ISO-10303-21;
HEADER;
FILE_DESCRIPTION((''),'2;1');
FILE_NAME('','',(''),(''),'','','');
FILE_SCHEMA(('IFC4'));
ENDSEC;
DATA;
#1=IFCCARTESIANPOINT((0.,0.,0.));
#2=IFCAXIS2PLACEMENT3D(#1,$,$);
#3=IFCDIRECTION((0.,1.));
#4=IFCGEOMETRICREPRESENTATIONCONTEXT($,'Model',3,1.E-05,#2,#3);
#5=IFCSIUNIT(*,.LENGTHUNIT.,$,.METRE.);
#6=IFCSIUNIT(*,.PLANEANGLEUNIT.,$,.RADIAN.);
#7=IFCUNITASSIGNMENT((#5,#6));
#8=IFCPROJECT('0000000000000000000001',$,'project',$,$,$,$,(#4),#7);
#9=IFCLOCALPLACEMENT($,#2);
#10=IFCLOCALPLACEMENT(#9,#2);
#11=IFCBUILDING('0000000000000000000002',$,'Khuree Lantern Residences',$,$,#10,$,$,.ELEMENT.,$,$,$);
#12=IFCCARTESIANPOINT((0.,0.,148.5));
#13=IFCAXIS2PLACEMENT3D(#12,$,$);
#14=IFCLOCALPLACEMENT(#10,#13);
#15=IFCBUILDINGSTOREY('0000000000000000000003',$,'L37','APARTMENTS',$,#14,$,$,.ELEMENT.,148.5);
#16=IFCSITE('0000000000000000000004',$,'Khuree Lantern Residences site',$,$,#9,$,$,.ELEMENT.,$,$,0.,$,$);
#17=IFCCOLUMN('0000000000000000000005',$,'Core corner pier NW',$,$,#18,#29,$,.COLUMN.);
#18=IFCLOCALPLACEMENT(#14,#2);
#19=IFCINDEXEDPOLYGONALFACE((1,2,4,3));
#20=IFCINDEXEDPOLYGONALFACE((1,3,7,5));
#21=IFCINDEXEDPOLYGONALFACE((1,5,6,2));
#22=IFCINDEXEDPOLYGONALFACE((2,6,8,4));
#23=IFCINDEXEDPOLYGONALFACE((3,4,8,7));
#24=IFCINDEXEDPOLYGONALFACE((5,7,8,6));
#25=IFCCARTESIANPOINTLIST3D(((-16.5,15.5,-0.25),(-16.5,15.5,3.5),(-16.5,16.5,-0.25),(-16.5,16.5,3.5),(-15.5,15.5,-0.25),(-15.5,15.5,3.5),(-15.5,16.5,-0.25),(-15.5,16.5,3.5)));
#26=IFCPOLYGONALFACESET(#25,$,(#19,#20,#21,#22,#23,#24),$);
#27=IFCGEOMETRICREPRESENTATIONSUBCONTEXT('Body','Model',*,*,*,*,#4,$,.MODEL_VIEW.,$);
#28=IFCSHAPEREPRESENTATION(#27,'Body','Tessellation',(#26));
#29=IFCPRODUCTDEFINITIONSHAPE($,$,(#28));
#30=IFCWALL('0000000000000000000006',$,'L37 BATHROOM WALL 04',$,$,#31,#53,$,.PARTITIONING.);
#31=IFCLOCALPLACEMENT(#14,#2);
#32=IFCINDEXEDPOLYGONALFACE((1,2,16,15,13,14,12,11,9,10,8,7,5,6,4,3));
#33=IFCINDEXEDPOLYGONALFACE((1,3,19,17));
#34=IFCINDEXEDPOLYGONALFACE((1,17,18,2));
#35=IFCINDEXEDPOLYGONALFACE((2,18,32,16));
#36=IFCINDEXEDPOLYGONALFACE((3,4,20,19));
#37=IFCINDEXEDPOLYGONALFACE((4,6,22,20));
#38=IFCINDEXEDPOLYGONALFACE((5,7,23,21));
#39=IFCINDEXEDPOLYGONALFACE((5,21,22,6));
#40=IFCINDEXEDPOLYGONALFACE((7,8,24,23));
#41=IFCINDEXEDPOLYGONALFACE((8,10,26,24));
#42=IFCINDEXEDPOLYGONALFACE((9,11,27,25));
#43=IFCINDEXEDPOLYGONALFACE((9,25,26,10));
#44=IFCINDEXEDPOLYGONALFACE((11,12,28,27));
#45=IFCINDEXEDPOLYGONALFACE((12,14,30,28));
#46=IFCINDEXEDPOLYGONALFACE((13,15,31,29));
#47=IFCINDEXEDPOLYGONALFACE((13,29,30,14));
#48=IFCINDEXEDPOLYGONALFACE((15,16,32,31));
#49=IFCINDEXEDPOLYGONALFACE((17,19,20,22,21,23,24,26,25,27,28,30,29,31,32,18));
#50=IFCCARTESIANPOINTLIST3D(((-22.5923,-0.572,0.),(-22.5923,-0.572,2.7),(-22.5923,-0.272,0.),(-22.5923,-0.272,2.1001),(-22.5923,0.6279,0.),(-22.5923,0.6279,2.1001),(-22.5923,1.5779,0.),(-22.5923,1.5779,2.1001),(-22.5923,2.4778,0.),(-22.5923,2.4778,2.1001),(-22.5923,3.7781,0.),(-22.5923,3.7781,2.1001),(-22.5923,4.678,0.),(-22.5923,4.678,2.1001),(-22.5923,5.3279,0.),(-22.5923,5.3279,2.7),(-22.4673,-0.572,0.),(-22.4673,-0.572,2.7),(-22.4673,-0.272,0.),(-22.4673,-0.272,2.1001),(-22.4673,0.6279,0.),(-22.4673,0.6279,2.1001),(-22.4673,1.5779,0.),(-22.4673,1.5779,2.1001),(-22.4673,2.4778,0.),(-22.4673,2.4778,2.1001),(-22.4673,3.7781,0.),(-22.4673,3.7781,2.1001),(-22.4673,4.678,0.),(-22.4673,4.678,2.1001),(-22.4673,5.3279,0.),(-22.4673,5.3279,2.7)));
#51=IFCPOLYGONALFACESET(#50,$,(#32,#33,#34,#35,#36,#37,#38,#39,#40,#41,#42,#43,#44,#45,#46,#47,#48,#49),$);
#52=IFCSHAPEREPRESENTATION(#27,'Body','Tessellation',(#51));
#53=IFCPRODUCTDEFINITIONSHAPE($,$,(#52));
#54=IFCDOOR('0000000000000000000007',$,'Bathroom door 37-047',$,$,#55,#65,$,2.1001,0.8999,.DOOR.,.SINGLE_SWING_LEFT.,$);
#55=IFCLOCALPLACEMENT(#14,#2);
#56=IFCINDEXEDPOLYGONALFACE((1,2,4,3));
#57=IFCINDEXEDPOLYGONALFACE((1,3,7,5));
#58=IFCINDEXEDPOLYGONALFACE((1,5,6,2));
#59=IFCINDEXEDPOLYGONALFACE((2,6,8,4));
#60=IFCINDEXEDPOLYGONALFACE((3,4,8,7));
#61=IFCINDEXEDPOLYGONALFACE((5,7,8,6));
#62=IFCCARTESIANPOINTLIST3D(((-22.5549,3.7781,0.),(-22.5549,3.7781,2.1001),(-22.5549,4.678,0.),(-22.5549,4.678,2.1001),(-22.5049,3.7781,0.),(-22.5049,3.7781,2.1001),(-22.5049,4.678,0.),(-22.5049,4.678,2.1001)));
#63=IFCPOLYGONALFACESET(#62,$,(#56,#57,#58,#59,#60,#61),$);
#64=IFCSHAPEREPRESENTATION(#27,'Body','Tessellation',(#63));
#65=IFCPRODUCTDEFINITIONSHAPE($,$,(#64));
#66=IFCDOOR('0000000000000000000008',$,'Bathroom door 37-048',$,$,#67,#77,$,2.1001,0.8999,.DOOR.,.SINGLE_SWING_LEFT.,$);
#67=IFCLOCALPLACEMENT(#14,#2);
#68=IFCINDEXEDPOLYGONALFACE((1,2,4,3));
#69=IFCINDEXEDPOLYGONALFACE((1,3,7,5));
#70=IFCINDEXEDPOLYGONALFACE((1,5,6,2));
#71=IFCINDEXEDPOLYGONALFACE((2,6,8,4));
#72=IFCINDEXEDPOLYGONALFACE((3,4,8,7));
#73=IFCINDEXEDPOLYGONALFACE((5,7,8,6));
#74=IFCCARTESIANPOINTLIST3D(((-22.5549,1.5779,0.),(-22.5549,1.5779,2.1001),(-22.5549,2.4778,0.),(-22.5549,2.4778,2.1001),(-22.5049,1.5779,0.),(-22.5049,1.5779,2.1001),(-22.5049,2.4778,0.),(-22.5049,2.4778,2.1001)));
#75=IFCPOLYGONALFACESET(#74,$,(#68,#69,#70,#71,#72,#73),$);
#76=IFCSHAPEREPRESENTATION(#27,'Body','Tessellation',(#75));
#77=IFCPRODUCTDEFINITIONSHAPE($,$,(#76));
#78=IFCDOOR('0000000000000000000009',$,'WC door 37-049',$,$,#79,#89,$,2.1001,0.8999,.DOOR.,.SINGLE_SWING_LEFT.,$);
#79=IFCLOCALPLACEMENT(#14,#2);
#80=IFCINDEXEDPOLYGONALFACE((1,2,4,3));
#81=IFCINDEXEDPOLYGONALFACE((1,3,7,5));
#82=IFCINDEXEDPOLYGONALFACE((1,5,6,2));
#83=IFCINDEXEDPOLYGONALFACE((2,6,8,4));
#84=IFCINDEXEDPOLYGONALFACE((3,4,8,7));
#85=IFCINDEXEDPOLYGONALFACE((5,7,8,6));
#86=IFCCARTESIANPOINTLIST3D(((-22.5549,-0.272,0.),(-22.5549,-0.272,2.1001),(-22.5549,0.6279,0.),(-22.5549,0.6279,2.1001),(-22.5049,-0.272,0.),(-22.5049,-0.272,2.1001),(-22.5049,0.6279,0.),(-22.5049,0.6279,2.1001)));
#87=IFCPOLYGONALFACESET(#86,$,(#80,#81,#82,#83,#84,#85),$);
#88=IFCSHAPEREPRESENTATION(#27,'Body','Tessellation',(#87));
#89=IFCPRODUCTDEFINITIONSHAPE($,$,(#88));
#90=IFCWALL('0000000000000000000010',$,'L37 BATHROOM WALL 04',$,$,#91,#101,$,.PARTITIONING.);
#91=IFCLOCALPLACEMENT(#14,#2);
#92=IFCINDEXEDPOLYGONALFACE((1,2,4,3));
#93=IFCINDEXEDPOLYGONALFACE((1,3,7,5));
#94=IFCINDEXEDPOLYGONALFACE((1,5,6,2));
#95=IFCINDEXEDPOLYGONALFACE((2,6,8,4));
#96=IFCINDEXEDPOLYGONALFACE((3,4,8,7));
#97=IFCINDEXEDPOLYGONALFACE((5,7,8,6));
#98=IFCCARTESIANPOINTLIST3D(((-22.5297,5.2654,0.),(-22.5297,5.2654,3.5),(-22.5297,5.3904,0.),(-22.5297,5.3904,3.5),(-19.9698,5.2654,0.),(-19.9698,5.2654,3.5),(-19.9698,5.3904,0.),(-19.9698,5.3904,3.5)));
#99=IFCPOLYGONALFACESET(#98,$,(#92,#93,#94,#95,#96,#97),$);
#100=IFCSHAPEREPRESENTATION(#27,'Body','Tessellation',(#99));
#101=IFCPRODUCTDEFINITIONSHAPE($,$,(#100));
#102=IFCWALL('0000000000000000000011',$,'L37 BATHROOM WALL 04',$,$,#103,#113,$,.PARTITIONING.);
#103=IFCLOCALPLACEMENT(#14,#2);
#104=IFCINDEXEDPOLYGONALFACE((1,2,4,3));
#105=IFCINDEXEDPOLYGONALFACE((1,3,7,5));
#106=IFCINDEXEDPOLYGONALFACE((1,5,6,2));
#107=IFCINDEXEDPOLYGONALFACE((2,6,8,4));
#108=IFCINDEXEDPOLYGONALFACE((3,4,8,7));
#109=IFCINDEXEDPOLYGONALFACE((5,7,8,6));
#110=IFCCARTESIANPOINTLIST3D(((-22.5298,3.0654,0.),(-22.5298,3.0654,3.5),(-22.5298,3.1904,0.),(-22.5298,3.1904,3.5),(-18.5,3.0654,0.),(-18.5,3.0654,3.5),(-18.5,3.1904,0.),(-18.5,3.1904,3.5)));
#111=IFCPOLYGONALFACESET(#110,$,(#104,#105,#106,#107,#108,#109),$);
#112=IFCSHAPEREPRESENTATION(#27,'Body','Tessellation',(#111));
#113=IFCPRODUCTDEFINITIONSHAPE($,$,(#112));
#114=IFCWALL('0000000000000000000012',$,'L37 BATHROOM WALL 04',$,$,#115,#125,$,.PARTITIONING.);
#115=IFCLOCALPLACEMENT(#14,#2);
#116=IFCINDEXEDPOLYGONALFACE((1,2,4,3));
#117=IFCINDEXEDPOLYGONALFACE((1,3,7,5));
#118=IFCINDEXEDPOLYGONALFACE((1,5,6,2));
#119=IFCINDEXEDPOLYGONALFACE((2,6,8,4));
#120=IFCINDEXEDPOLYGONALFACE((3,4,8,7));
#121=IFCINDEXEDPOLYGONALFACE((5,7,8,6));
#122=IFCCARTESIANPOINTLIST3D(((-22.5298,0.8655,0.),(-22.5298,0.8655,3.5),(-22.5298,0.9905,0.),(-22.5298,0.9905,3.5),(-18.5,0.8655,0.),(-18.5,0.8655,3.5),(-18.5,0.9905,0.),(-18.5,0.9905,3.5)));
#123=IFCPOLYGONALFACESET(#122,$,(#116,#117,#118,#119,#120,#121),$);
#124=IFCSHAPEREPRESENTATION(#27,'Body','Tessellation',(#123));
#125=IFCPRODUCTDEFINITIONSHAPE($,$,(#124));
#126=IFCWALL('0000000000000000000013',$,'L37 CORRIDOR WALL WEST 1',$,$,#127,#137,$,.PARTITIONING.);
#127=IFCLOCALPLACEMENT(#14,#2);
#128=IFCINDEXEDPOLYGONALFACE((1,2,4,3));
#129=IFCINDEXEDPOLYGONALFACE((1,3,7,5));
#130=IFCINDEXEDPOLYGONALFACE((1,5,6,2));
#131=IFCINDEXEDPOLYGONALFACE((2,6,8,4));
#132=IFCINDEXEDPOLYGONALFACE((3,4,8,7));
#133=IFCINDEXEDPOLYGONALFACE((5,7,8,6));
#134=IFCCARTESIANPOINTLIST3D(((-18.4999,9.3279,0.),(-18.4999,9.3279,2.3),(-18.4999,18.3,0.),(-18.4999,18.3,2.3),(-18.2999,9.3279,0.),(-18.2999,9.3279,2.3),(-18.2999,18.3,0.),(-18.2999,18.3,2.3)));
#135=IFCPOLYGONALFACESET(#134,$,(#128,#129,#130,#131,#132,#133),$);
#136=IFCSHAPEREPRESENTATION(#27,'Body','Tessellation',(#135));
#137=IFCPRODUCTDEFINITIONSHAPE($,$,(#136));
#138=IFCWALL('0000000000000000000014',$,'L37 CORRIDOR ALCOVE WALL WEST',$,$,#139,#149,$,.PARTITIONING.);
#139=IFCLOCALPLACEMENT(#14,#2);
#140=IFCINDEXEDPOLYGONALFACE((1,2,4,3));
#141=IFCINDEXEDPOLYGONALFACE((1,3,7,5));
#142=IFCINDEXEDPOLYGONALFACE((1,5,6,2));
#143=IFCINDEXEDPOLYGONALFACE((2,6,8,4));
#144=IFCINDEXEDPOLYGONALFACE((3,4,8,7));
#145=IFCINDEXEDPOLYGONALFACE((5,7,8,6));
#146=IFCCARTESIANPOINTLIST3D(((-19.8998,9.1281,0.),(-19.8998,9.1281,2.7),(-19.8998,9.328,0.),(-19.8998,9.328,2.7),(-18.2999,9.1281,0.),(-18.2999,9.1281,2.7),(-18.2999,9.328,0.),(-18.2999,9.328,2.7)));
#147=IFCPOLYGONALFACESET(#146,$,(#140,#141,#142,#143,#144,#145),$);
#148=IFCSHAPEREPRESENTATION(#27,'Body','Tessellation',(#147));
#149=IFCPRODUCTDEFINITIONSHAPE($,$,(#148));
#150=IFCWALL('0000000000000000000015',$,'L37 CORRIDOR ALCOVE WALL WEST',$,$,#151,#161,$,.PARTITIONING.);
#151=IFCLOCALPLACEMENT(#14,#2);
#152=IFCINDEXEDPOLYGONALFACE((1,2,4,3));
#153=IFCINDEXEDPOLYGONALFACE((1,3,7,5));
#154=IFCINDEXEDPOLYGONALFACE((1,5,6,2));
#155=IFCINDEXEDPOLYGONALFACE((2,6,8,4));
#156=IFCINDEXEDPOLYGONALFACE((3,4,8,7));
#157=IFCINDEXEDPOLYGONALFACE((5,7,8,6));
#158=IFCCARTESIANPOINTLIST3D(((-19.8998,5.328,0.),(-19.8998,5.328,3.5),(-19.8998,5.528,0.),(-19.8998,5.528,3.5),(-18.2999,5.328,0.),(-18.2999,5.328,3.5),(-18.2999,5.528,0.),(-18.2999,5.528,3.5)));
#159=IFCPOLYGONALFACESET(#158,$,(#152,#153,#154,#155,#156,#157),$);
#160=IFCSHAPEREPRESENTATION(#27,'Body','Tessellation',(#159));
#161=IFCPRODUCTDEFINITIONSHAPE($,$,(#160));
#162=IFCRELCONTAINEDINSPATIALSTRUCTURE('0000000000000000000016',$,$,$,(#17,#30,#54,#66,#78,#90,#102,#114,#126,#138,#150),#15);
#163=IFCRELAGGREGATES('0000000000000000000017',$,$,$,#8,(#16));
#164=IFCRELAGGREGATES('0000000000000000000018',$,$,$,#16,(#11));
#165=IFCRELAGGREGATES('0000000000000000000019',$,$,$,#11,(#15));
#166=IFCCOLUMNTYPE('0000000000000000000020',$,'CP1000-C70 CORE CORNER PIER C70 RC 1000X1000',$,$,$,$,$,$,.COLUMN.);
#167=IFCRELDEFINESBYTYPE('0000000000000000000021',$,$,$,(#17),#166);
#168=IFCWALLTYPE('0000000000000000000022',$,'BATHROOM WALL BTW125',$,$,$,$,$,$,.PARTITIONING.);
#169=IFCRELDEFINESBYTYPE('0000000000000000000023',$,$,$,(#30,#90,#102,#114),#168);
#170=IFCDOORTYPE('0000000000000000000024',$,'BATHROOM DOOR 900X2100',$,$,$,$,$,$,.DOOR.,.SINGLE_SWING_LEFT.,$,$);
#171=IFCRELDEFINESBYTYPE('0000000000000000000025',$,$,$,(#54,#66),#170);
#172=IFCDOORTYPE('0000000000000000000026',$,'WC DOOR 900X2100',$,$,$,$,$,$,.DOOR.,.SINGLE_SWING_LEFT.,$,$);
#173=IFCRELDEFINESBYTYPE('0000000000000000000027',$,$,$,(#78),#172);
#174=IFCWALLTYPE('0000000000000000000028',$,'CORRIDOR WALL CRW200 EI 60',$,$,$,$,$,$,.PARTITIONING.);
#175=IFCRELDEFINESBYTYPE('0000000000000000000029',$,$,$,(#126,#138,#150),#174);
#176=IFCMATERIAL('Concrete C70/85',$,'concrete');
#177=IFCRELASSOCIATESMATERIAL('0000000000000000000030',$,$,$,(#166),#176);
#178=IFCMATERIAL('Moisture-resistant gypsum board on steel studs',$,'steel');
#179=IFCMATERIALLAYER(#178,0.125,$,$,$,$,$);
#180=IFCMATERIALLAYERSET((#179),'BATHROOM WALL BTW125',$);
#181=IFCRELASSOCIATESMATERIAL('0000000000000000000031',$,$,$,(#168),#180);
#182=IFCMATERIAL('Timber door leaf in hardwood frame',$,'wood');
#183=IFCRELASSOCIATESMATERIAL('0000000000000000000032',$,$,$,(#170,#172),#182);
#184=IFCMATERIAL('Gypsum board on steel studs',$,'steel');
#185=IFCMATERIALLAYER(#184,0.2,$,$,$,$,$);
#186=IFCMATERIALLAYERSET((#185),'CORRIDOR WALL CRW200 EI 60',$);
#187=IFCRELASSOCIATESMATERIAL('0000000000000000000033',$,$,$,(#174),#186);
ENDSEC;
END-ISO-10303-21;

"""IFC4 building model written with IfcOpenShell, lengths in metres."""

from ifc_helpers import new_model, si_unit, direction, frame, frame_2d, origin, origin_2d, place, context, subcontext, project, spatial, rectangle, extrude, material, layer, layer_set, material_profile, profile_set, type_object, element, fill, save


model = new_model("IFC4")

# Units and contexts
model_context = context("Model", 3, precision=1e-05, world=origin(), true_north=direction((0.0, 1.0)))
body_context = subcontext(model_context, "Body", "Model", "MODEL_VIEW")
ifc_project = project(units=[si_unit("LENGTHUNIT", "METRE"), si_unit("PLANEANGLEUNIT", "RADIAN")], contexts=[model_context])

# Site, building, storey
site_placement = place(None, origin())
site = spatial("IfcSite", under=ifc_project, at=site_placement, Name="Khuree Lantern Residences site", CompositionType="ELEMENT", RefElevation=0.0)
building_placement = place(site_placement, origin())
building = spatial("IfcBuilding", under=site, at=building_placement, Name="Khuree Lantern Residences", CompositionType="ELEMENT")
storey_placement = place(building_placement, frame((0.0, 0.0, 148.5)))
storey = spatial("IfcBuildingStorey", under=building, at=storey_placement, Name="L37", Description="APARTMENTS", CompositionType="ELEMENT", Elevation=148.5)

# Column
ifc_material_1 = material(Name="Concrete C70/85", Category="concrete")
ifc_material_profile = material_profile(ifc_material_1, rectangle(XDim=1.0, YDim=1.0, at=origin_2d()), Name="RC 1000X1000")
ifc_profile_set = profile_set([ifc_material_profile], Name="Concrete C70/85")
column_type = type_object("IfcColumnType", Name="CP1000-C70 CORE CORNER PIER C70 RC 1000X1000", PredefinedType="COLUMN", material=ifc_profile_set)
column_placement = place(storey_placement, frame((-16.0, 16.0, -0.25), z_axis=(0.0, 0.0, 1.0), x_axis=(1.0, 0.0, 0.0)))
element("IfcColumn", 1, at=column_placement, inside=storey, type_object=column_type, Name="Core corner pier NW", PredefinedType="COLUMN", context=body_context, shape_type="SweptSolid", body=[
    extrude(rectangle(XDim=1.0, YDim=1.0, at=origin_2d()), origin(), (0.0, 0.0, 1.0), 3.75),
])

# Wall, openings, doors
ifc_material_2 = material(Name="Moisture-resistant gypsum board on steel studs", Category="steel")
ifc_layer_1 = layer(ifc_material_2, 0.125)
ifc_layer_set_1 = layer_set([ifc_layer_1], Name="BATHROOM WALL BTW125")
wall_type_1 = type_object("IfcWallType", Name="BATHROOM WALL BTW125", PredefinedType="PARTITIONING", material=ifc_layer_set_1)
wall_1_placement = place(storey_placement, frame((-22.5298, 5.3279, 0.0), z_axis=(0.0, 0.0, 1.0), x_axis=(0.0, -1.0, 0.0)))
wall_1 = element("IfcWall", 2, at=wall_1_placement, inside=storey, type_object=wall_type_1, Name="L37 BATHROOM WALL 04", PredefinedType="PARTITIONING", context=body_context, shape_type="SweptSolid", body=[
    extrude(rectangle(XDim=5.8999, YDim=0.125, at=frame_2d((2.95, 0.0))), origin(), (0.0, 0.0, 1.0), 2.7),
])
opening_1_placement = place(wall_1_placement, frame((0.6499, 0.0, 0.0)))
opening_1 = element("IfcOpeningElement", 3, at=opening_1_placement, cuts=wall_1, PredefinedType="OPENING", context=body_context, shape_type="SweptSolid", body=[
    extrude(rectangle(XDim=0.8999, YDim=2.1001, at=frame_2d((0.45, 1.05))), frame((0.0, 0.0725, 0.0), z_axis=(0.0, -1.0, 0.0), x_axis=(1.0, 0.0, 0.0)), (0.0, 0.0, 1.0), 0.145),
])
opening_2_placement = place(wall_1_placement, frame((2.8501, 0.0, 0.0)))
opening_2 = element("IfcOpeningElement", 4, at=opening_2_placement, cuts=wall_1, PredefinedType="OPENING", context=body_context, shape_type="SweptSolid", body=[
    extrude(rectangle(XDim=0.8999, YDim=2.1001, at=frame_2d((0.45, 1.05))), frame((0.0, 0.0725, 0.0), z_axis=(0.0, -1.0, 0.0), x_axis=(1.0, 0.0, 0.0)), (0.0, 0.0, 1.0), 0.145),
])
opening_3_placement = place(wall_1_placement, frame((4.7, 0.0, 0.0)))
opening_3 = element("IfcOpeningElement", 5, at=opening_3_placement, cuts=wall_1, PredefinedType="OPENING", context=body_context, shape_type="SweptSolid", body=[
    extrude(rectangle(XDim=0.8999, YDim=2.1001, at=frame_2d((0.45, 1.05))), frame((0.0, 0.0725, 0.0), z_axis=(0.0, -1.0, 0.0), x_axis=(1.0, 0.0, 0.0)), (0.0, 0.0, 1.0), 0.145),
])
ifc_material_3 = material(Name="Timber door leaf in hardwood frame", Category="wood")
door_type_1 = type_object("IfcDoorType", Name="BATHROOM DOOR 900X2100", OperationType="SINGLE_SWING_LEFT", PredefinedType="DOOR", material=ifc_material_3)
door_1_placement = place(opening_1_placement, origin())
door_1 = element("IfcDoor", 6, at=door_1_placement, inside=storey, type_object=door_type_1, Name="Bathroom door 37-047", OperationType="SINGLE_SWING_LEFT", OverallHeight=2.1001, OverallWidth=0.8999, PredefinedType="DOOR", context=body_context, shape_type="SweptSolid", body=[
    extrude(rectangle(XDim=0.8999, YDim=2.1001, at=frame_2d((0.45, 1.05))), frame((0.0, 0.0249, 0.0), z_axis=(0.0, -1.0, 0.0), x_axis=(1.0, 0.0, 0.0)), (0.0, 0.0, 1.0), 0.05),
])
fill(opening_1, door_1)
door_2_placement = place(opening_2_placement, origin())
door_2 = element("IfcDoor", 7, at=door_2_placement, inside=storey, type_object=door_type_1, Name="Bathroom door 37-048", OperationType="SINGLE_SWING_LEFT", OverallHeight=2.1001, OverallWidth=0.8999, PredefinedType="DOOR", context=body_context, shape_type="SweptSolid", body=[
    extrude(rectangle(XDim=0.8999, YDim=2.1001, at=frame_2d((0.45, 1.05))), frame((0.0, 0.0249, 0.0), z_axis=(0.0, -1.0, 0.0), x_axis=(1.0, 0.0, 0.0)), (0.0, 0.0, 1.0), 0.05),
])
fill(opening_2, door_2)
door_type_2 = type_object("IfcDoorType", Name="WC DOOR 900X2100", OperationType="SINGLE_SWING_LEFT", PredefinedType="DOOR", material=ifc_material_3)
door_3_placement = place(opening_3_placement, origin())
door_3 = element("IfcDoor", 8, at=door_3_placement, inside=storey, type_object=door_type_2, Name="WC door 37-049", OperationType="SINGLE_SWING_LEFT", OverallHeight=2.1001, OverallWidth=0.8999, PredefinedType="DOOR", context=body_context, shape_type="SweptSolid", body=[
    extrude(rectangle(XDim=0.8999, YDim=2.1001, at=frame_2d((0.45, 1.05))), frame((0.0, 0.0249, 0.0), z_axis=(0.0, -1.0, 0.0), x_axis=(1.0, 0.0, 0.0)), (0.0, 0.0, 1.0), 0.05),
])
fill(opening_3, door_3)

# Walls
wall_2_placement = place(storey_placement, frame((-19.97, 5.3279, 0.0), z_axis=(0.0, 0.0, 1.0), x_axis=(-1.0, 0.0, 0.0)))
element("IfcWall", 9, at=wall_2_placement, inside=storey, type_object=wall_type_1, Name="L37 BATHROOM WALL 04", PredefinedType="PARTITIONING", context=body_context, shape_type="SweptSolid", body=[
    extrude(rectangle(XDim=2.5598, YDim=0.125, at=frame_2d((1.2798, 0.0))), origin(), (0.0, 0.0, 1.0), 3.5),
])
for number, where, z_axis, x_axis, name in (
    (10, (-18.5, 3.1279, 0.0), (0.0, 0.0, 1.0), (-1.0, 0.0, 0.0), "L37 BATHROOM WALL 04"),
    (11, (-18.5, 0.928, 0.0), (0.0, 0.0, 1.0), (-1.0, 0.0, 0.0), "L37 BATHROOM WALL 04"),
):
    element("IfcWall", number, at=place(storey_placement, frame(where, z_axis=z_axis, x_axis=x_axis)), inside=storey, type_object=wall_type_1, Name=name, PredefinedType="PARTITIONING", context=body_context, shape_type="SweptSolid", body=[
        extrude(rectangle(XDim=4.0298, YDim=0.125, at=frame_2d((2.0149, 0.0))), origin(), (0.0, 0.0, 1.0), 3.5),
    ])
ifc_material_4 = material(Name="Gypsum board on steel studs", Category="steel")
ifc_layer_2 = layer(ifc_material_4, 0.2)
ifc_layer_set_2 = layer_set([ifc_layer_2], Name="CORRIDOR WALL CRW200 EI 60")
wall_type_2 = type_object("IfcWallType", Name="CORRIDOR WALL CRW200 EI 60", PredefinedType="PARTITIONING", material=ifc_layer_set_2)
wall_3_placement = place(storey_placement, frame((-18.3999, 18.3, 0.0), z_axis=(0.0, 0.0, 1.0), x_axis=(0.0, -1.0, 0.0)))
element("IfcWall", 12, at=wall_3_placement, inside=storey, type_object=wall_type_2, Name="L37 CORRIDOR WALL WEST 1", PredefinedType="PARTITIONING", context=body_context, shape_type="SweptSolid", body=[
    extrude(rectangle(XDim=8.9722, YDim=0.2, at=frame_2d((4.4861, 0.0))), origin(), (0.0, 0.0, 1.0), 2.3),
])
wall_4_placement = place(storey_placement, frame((-18.3, 9.228, 0.0), z_axis=(0.0, 0.0, 1.0), x_axis=(-1.0, 0.0, 0.0)))
element("IfcWall", 13, at=wall_4_placement, inside=storey, type_object=wall_type_2, Name="L37 CORRIDOR ALCOVE WALL WEST", PredefinedType="PARTITIONING", context=body_context, shape_type="SweptSolid", body=[
    extrude(rectangle(XDim=1.5999, YDim=0.2, at=frame_2d((0.7998, 0.0))), origin(), (0.0, 0.0, 1.0), 2.7),
])
wall_5_placement = place(storey_placement, frame((-18.3, 5.428, 0.0), z_axis=(0.0, 0.0, 1.0), x_axis=(-1.0, 0.0, 0.0)))
element("IfcWall", 14, at=wall_5_placement, inside=storey, type_object=wall_type_2, Name="L37 CORRIDOR ALCOVE WALL WEST", PredefinedType="PARTITIONING", context=body_context, shape_type="SweptSolid", body=[
    extrude(rectangle(XDim=1.5999, YDim=0.2, at=frame_2d((0.7998, 0.0))), origin(), (0.0, 0.0, 1.0), 3.5),
])

save(model, "model.ifc")
